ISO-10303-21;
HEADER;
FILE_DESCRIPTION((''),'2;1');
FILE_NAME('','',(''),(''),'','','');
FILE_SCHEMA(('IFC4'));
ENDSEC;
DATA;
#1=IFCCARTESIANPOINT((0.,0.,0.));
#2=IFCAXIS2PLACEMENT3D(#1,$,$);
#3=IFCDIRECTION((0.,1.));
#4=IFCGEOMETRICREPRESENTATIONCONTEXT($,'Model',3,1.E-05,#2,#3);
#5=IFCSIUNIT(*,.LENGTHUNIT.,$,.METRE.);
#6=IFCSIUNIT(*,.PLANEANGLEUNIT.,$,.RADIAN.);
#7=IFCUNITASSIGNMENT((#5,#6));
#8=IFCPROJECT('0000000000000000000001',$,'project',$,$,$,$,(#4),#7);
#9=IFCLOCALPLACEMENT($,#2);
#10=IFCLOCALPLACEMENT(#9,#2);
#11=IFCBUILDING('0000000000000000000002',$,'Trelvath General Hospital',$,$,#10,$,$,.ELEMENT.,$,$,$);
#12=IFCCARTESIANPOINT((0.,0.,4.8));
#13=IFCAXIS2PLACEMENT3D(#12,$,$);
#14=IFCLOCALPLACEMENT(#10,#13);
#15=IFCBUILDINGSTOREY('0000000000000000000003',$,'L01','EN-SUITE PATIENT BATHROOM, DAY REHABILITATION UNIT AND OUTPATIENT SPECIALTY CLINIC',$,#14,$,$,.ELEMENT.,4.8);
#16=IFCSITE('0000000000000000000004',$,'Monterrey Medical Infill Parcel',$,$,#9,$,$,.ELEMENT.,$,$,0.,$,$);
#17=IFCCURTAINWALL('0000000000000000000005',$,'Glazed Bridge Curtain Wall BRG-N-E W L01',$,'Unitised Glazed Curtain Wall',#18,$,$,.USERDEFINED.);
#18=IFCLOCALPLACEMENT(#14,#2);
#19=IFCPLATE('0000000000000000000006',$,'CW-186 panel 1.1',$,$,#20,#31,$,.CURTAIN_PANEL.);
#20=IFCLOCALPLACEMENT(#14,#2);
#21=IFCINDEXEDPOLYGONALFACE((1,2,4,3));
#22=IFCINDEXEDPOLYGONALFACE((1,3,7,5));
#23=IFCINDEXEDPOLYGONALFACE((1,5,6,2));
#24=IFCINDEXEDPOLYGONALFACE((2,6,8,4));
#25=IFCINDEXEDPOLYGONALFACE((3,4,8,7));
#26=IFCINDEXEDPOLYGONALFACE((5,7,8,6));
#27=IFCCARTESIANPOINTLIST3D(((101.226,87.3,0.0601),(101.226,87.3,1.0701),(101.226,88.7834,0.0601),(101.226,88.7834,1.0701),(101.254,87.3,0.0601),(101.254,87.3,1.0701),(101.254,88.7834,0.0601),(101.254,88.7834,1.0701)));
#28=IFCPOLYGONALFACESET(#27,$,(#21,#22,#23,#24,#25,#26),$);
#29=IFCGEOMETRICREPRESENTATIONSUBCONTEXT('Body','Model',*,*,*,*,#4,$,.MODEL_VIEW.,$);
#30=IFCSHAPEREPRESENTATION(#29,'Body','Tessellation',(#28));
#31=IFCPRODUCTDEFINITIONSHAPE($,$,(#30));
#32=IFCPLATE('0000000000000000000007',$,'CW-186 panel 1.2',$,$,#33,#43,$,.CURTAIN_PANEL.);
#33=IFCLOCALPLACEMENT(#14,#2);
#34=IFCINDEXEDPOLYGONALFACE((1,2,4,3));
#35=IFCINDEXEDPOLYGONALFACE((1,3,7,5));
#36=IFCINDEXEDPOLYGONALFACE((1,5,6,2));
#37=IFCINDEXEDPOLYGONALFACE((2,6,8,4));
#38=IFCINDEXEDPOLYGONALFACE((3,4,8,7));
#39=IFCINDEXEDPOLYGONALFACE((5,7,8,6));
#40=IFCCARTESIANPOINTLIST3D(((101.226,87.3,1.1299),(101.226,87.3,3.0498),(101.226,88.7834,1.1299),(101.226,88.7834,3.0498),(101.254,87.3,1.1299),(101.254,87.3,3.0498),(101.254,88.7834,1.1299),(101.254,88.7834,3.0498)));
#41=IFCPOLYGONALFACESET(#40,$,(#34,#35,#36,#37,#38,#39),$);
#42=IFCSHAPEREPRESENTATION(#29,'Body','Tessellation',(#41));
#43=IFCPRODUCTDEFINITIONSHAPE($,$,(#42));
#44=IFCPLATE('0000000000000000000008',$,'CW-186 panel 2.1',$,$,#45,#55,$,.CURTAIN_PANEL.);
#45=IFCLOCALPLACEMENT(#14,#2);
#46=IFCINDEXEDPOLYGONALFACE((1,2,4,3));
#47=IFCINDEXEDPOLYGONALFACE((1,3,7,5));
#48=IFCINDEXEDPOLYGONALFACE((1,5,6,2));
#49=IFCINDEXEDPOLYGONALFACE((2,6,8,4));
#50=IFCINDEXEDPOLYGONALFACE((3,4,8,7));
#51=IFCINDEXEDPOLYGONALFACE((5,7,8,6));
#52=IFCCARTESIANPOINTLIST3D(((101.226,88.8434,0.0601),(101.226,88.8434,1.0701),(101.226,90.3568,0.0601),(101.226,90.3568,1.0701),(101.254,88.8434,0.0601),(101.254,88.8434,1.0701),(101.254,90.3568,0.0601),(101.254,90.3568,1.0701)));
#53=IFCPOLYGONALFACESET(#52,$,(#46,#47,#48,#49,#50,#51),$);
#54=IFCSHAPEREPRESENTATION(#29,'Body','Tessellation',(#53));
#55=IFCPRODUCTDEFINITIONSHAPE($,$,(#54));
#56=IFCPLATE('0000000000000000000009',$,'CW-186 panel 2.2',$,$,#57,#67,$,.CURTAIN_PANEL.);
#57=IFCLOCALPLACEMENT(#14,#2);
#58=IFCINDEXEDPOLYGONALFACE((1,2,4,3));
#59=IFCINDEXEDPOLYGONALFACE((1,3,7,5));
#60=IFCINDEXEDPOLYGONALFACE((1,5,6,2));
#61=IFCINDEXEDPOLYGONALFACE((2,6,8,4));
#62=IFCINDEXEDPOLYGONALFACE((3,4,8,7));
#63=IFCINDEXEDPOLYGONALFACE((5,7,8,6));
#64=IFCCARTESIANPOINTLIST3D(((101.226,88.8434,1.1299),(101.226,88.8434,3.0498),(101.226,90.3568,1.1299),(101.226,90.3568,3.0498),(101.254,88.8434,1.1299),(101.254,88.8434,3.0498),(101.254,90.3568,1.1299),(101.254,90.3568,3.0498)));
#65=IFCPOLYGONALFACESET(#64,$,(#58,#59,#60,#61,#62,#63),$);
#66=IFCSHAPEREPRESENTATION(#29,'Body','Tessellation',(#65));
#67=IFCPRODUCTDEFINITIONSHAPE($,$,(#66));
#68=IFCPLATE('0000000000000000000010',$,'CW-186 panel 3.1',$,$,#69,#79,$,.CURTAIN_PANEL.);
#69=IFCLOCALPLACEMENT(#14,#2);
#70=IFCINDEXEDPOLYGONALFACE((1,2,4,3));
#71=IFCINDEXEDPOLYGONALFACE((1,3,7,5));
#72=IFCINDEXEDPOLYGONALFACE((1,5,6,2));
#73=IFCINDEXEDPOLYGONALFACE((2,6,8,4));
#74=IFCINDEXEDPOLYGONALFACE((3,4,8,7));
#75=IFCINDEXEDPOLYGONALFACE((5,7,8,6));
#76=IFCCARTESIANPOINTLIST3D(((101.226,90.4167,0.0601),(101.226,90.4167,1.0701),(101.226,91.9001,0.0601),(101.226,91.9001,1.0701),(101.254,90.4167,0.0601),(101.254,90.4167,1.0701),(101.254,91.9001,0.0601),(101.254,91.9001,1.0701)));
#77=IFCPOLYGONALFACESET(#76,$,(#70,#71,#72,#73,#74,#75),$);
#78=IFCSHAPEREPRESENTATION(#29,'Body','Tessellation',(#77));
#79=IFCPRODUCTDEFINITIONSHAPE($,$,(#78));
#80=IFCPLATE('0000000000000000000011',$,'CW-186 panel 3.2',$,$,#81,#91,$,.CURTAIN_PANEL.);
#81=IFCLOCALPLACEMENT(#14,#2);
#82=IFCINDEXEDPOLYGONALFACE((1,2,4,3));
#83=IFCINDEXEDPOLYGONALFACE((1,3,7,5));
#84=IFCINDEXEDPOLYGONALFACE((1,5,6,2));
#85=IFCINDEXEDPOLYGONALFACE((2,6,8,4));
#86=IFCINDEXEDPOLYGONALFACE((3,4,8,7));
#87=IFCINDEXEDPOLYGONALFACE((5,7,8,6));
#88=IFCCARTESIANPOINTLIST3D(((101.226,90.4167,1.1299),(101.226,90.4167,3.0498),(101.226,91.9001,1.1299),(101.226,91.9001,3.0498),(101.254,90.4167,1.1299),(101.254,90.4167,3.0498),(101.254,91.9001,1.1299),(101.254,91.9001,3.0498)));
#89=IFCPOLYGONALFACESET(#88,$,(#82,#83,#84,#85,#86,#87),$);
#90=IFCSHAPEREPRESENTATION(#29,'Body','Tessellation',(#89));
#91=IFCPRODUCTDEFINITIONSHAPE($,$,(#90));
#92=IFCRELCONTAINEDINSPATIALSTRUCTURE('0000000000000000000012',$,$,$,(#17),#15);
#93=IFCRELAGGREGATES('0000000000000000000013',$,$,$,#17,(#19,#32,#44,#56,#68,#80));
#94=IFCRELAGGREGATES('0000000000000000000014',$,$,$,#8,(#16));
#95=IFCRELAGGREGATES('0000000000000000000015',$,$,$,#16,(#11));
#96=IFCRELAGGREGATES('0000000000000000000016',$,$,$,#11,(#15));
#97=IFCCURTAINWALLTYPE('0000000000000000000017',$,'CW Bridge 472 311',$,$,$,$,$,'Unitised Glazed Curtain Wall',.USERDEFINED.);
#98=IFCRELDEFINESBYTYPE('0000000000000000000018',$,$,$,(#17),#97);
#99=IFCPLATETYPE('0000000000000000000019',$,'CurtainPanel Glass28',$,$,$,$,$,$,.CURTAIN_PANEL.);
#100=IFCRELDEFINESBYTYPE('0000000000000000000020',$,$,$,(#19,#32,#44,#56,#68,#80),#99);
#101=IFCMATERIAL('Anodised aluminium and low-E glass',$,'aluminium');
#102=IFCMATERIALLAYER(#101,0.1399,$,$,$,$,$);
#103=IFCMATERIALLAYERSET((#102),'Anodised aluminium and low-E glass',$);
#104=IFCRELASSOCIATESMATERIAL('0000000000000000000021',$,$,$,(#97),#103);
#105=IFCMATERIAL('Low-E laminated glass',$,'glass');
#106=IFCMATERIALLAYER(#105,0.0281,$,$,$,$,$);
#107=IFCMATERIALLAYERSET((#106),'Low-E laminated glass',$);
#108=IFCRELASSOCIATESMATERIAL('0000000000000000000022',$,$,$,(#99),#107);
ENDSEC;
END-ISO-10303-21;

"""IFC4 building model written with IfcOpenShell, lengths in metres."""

from ifc_helpers import new_model, si_unit, direction, frame, origin, origin_2d, place, context, subcontext, project, spatial, rectangle, extrude, material, layer, layer_set, type_object, element, aggregate, save


model = new_model("IFC4")

# Units and contexts
model_context = context("Model", 3, precision=1e-05, world=origin(), true_north=direction((0.0, 1.0)))
body_context = subcontext(model_context, "Body", "Model", "MODEL_VIEW")
ifc_project = project(units=[si_unit("LENGTHUNIT", "METRE"), si_unit("PLANEANGLEUNIT", "RADIAN")], contexts=[model_context])

# Site, building, storey
site_placement = place(None, origin())
site = spatial("IfcSite", under=ifc_project, at=site_placement, Name="Monterrey Medical Infill Parcel", CompositionType="ELEMENT", RefElevation=0.0)
building_placement = place(site_placement, origin())
building = spatial("IfcBuilding", under=site, at=building_placement, Name="Trelvath General Hospital", CompositionType="ELEMENT")
storey_placement = place(building_placement, frame((0.0, 0.0, 4.8)))
storey = spatial("IfcBuildingStorey", under=building, at=storey_placement, Name="L01", Description="EN-SUITE PATIENT BATHROOM, DAY REHABILITATION UNIT AND OUTPATIENT SPECIALTY CLINIC", CompositionType="ELEMENT", Elevation=4.8)

# Curtain wall
ifc_material_1 = material(Name="Anodised aluminium and low-E glass", Category="aluminium")
ifc_layer_1 = layer(ifc_material_1, 0.1399)
ifc_layer_set_1 = layer_set([ifc_layer_1], Name="Anodised aluminium and low-E glass")
curtain_wall_type_1 = type_object("IfcCurtainWallType", Name="CW Bridge 472 311", ElementType="Unitised Glazed Curtain Wall", PredefinedType="USERDEFINED", material=ifc_layer_set_1)
curtain_wall_1_placement = place(storey_placement, origin())
curtain_wall_1 = element("IfcCurtainWall", 1, at=curtain_wall_1_placement, inside=storey, type_object=curtain_wall_type_1, Name="Glazed Bridge Curtain Wall BRG-N-E W L01", ObjectType="Unitised Glazed Curtain Wall", PredefinedType="USERDEFINED")

# Plates
ifc_material_2 = material(Name="Low-E laminated glass", Category="glass")
ifc_layer_2 = layer(ifc_material_2, 0.0281)
ifc_layer_set_2 = layer_set([ifc_layer_2], Name="Low-E laminated glass")
plate_type = type_object("IfcPlateType", Name="CurtainPanel Glass28", PredefinedType="CURTAIN_PANEL", material=ifc_layer_set_2)
plate_1_placement = place(storey_placement, frame((101.24, 88.0417, 0.0601), z_axis=(0.0, 0.0, 1.0), x_axis=(0.0, 1.0, 0.0)))
plate_1 = element("IfcPlate", 2, at=plate_1_placement, type_object=plate_type, Name="CW-186 panel 1.1", PredefinedType="CURTAIN_PANEL", context=body_context, shape_type="SweptSolid", body=[
    extrude(rectangle(XDim=1.4834, YDim=0.0281, at=origin_2d()), origin(), (0.0, 0.0, 1.0), 1.01),
])
plate_2_placement = place(storey_placement, frame((101.24, 88.0417, 1.1299), z_axis=(0.0, 0.0, 1.0), x_axis=(0.0, 1.0, 0.0)))
plate_2 = element("IfcPlate", 3, at=plate_2_placement, type_object=plate_type, Name="CW-186 panel 1.2", PredefinedType="CURTAIN_PANEL", context=body_context, shape_type="SweptSolid", body=[
    extrude(rectangle(XDim=1.4834, YDim=0.0281, at=origin_2d()), origin(), (0.0, 0.0, 1.0), 1.9199),
])
plate_3_placement = place(storey_placement, frame((101.24, 89.6001, 0.0601), z_axis=(0.0, 0.0, 1.0), x_axis=(0.0, 1.0, 0.0)))
plate_3 = element("IfcPlate", 4, at=plate_3_placement, type_object=plate_type, Name="CW-186 panel 2.1", PredefinedType="CURTAIN_PANEL", context=body_context, shape_type="SweptSolid", body=[
    extrude(rectangle(XDim=1.5134, YDim=0.0281, at=origin_2d()), origin(), (0.0, 0.0, 1.0), 1.01),
])
plate_4_placement = place(storey_placement, frame((101.24, 89.6001, 1.1299), z_axis=(0.0, 0.0, 1.0), x_axis=(0.0, 1.0, 0.0)))
plate_4 = element("IfcPlate", 5, at=plate_4_placement, type_object=plate_type, Name="CW-186 panel 2.2", PredefinedType="CURTAIN_PANEL", context=body_context, shape_type="SweptSolid", body=[
    extrude(rectangle(XDim=1.5134, YDim=0.0281, at=origin_2d()), origin(), (0.0, 0.0, 1.0), 1.9199),
])
plate_5_placement = place(storey_placement, frame((101.24, 91.1584, 0.0601), z_axis=(0.0, 0.0, 1.0), x_axis=(0.0, 1.0, 0.0)))
plate_5 = element("IfcPlate", 6, at=plate_5_placement, type_object=plate_type, Name="CW-186 panel 3.1", PredefinedType="CURTAIN_PANEL", context=body_context, shape_type="SweptSolid", body=[
    extrude(rectangle(XDim=1.4834, YDim=0.0281, at=origin_2d()), origin(), (0.0, 0.0, 1.0), 1.01),
])
plate_6_placement = place(storey_placement, frame((101.24, 91.1584, 1.1299), z_axis=(0.0, 0.0, 1.0), x_axis=(0.0, 1.0, 0.0)))
plate_6 = element("IfcPlate", 7, at=plate_6_placement, type_object=plate_type, Name="CW-186 panel 3.2", PredefinedType="CURTAIN_PANEL", context=body_context, shape_type="SweptSolid", body=[
    extrude(rectangle(XDim=1.4834, YDim=0.0281, at=origin_2d()), origin(), (0.0, 0.0, 1.0), 1.9199),
])
aggregate(curtain_wall_1, [plate_1, plate_2, plate_3, plate_4, plate_5, plate_6])

save(model, "model.ifc")
